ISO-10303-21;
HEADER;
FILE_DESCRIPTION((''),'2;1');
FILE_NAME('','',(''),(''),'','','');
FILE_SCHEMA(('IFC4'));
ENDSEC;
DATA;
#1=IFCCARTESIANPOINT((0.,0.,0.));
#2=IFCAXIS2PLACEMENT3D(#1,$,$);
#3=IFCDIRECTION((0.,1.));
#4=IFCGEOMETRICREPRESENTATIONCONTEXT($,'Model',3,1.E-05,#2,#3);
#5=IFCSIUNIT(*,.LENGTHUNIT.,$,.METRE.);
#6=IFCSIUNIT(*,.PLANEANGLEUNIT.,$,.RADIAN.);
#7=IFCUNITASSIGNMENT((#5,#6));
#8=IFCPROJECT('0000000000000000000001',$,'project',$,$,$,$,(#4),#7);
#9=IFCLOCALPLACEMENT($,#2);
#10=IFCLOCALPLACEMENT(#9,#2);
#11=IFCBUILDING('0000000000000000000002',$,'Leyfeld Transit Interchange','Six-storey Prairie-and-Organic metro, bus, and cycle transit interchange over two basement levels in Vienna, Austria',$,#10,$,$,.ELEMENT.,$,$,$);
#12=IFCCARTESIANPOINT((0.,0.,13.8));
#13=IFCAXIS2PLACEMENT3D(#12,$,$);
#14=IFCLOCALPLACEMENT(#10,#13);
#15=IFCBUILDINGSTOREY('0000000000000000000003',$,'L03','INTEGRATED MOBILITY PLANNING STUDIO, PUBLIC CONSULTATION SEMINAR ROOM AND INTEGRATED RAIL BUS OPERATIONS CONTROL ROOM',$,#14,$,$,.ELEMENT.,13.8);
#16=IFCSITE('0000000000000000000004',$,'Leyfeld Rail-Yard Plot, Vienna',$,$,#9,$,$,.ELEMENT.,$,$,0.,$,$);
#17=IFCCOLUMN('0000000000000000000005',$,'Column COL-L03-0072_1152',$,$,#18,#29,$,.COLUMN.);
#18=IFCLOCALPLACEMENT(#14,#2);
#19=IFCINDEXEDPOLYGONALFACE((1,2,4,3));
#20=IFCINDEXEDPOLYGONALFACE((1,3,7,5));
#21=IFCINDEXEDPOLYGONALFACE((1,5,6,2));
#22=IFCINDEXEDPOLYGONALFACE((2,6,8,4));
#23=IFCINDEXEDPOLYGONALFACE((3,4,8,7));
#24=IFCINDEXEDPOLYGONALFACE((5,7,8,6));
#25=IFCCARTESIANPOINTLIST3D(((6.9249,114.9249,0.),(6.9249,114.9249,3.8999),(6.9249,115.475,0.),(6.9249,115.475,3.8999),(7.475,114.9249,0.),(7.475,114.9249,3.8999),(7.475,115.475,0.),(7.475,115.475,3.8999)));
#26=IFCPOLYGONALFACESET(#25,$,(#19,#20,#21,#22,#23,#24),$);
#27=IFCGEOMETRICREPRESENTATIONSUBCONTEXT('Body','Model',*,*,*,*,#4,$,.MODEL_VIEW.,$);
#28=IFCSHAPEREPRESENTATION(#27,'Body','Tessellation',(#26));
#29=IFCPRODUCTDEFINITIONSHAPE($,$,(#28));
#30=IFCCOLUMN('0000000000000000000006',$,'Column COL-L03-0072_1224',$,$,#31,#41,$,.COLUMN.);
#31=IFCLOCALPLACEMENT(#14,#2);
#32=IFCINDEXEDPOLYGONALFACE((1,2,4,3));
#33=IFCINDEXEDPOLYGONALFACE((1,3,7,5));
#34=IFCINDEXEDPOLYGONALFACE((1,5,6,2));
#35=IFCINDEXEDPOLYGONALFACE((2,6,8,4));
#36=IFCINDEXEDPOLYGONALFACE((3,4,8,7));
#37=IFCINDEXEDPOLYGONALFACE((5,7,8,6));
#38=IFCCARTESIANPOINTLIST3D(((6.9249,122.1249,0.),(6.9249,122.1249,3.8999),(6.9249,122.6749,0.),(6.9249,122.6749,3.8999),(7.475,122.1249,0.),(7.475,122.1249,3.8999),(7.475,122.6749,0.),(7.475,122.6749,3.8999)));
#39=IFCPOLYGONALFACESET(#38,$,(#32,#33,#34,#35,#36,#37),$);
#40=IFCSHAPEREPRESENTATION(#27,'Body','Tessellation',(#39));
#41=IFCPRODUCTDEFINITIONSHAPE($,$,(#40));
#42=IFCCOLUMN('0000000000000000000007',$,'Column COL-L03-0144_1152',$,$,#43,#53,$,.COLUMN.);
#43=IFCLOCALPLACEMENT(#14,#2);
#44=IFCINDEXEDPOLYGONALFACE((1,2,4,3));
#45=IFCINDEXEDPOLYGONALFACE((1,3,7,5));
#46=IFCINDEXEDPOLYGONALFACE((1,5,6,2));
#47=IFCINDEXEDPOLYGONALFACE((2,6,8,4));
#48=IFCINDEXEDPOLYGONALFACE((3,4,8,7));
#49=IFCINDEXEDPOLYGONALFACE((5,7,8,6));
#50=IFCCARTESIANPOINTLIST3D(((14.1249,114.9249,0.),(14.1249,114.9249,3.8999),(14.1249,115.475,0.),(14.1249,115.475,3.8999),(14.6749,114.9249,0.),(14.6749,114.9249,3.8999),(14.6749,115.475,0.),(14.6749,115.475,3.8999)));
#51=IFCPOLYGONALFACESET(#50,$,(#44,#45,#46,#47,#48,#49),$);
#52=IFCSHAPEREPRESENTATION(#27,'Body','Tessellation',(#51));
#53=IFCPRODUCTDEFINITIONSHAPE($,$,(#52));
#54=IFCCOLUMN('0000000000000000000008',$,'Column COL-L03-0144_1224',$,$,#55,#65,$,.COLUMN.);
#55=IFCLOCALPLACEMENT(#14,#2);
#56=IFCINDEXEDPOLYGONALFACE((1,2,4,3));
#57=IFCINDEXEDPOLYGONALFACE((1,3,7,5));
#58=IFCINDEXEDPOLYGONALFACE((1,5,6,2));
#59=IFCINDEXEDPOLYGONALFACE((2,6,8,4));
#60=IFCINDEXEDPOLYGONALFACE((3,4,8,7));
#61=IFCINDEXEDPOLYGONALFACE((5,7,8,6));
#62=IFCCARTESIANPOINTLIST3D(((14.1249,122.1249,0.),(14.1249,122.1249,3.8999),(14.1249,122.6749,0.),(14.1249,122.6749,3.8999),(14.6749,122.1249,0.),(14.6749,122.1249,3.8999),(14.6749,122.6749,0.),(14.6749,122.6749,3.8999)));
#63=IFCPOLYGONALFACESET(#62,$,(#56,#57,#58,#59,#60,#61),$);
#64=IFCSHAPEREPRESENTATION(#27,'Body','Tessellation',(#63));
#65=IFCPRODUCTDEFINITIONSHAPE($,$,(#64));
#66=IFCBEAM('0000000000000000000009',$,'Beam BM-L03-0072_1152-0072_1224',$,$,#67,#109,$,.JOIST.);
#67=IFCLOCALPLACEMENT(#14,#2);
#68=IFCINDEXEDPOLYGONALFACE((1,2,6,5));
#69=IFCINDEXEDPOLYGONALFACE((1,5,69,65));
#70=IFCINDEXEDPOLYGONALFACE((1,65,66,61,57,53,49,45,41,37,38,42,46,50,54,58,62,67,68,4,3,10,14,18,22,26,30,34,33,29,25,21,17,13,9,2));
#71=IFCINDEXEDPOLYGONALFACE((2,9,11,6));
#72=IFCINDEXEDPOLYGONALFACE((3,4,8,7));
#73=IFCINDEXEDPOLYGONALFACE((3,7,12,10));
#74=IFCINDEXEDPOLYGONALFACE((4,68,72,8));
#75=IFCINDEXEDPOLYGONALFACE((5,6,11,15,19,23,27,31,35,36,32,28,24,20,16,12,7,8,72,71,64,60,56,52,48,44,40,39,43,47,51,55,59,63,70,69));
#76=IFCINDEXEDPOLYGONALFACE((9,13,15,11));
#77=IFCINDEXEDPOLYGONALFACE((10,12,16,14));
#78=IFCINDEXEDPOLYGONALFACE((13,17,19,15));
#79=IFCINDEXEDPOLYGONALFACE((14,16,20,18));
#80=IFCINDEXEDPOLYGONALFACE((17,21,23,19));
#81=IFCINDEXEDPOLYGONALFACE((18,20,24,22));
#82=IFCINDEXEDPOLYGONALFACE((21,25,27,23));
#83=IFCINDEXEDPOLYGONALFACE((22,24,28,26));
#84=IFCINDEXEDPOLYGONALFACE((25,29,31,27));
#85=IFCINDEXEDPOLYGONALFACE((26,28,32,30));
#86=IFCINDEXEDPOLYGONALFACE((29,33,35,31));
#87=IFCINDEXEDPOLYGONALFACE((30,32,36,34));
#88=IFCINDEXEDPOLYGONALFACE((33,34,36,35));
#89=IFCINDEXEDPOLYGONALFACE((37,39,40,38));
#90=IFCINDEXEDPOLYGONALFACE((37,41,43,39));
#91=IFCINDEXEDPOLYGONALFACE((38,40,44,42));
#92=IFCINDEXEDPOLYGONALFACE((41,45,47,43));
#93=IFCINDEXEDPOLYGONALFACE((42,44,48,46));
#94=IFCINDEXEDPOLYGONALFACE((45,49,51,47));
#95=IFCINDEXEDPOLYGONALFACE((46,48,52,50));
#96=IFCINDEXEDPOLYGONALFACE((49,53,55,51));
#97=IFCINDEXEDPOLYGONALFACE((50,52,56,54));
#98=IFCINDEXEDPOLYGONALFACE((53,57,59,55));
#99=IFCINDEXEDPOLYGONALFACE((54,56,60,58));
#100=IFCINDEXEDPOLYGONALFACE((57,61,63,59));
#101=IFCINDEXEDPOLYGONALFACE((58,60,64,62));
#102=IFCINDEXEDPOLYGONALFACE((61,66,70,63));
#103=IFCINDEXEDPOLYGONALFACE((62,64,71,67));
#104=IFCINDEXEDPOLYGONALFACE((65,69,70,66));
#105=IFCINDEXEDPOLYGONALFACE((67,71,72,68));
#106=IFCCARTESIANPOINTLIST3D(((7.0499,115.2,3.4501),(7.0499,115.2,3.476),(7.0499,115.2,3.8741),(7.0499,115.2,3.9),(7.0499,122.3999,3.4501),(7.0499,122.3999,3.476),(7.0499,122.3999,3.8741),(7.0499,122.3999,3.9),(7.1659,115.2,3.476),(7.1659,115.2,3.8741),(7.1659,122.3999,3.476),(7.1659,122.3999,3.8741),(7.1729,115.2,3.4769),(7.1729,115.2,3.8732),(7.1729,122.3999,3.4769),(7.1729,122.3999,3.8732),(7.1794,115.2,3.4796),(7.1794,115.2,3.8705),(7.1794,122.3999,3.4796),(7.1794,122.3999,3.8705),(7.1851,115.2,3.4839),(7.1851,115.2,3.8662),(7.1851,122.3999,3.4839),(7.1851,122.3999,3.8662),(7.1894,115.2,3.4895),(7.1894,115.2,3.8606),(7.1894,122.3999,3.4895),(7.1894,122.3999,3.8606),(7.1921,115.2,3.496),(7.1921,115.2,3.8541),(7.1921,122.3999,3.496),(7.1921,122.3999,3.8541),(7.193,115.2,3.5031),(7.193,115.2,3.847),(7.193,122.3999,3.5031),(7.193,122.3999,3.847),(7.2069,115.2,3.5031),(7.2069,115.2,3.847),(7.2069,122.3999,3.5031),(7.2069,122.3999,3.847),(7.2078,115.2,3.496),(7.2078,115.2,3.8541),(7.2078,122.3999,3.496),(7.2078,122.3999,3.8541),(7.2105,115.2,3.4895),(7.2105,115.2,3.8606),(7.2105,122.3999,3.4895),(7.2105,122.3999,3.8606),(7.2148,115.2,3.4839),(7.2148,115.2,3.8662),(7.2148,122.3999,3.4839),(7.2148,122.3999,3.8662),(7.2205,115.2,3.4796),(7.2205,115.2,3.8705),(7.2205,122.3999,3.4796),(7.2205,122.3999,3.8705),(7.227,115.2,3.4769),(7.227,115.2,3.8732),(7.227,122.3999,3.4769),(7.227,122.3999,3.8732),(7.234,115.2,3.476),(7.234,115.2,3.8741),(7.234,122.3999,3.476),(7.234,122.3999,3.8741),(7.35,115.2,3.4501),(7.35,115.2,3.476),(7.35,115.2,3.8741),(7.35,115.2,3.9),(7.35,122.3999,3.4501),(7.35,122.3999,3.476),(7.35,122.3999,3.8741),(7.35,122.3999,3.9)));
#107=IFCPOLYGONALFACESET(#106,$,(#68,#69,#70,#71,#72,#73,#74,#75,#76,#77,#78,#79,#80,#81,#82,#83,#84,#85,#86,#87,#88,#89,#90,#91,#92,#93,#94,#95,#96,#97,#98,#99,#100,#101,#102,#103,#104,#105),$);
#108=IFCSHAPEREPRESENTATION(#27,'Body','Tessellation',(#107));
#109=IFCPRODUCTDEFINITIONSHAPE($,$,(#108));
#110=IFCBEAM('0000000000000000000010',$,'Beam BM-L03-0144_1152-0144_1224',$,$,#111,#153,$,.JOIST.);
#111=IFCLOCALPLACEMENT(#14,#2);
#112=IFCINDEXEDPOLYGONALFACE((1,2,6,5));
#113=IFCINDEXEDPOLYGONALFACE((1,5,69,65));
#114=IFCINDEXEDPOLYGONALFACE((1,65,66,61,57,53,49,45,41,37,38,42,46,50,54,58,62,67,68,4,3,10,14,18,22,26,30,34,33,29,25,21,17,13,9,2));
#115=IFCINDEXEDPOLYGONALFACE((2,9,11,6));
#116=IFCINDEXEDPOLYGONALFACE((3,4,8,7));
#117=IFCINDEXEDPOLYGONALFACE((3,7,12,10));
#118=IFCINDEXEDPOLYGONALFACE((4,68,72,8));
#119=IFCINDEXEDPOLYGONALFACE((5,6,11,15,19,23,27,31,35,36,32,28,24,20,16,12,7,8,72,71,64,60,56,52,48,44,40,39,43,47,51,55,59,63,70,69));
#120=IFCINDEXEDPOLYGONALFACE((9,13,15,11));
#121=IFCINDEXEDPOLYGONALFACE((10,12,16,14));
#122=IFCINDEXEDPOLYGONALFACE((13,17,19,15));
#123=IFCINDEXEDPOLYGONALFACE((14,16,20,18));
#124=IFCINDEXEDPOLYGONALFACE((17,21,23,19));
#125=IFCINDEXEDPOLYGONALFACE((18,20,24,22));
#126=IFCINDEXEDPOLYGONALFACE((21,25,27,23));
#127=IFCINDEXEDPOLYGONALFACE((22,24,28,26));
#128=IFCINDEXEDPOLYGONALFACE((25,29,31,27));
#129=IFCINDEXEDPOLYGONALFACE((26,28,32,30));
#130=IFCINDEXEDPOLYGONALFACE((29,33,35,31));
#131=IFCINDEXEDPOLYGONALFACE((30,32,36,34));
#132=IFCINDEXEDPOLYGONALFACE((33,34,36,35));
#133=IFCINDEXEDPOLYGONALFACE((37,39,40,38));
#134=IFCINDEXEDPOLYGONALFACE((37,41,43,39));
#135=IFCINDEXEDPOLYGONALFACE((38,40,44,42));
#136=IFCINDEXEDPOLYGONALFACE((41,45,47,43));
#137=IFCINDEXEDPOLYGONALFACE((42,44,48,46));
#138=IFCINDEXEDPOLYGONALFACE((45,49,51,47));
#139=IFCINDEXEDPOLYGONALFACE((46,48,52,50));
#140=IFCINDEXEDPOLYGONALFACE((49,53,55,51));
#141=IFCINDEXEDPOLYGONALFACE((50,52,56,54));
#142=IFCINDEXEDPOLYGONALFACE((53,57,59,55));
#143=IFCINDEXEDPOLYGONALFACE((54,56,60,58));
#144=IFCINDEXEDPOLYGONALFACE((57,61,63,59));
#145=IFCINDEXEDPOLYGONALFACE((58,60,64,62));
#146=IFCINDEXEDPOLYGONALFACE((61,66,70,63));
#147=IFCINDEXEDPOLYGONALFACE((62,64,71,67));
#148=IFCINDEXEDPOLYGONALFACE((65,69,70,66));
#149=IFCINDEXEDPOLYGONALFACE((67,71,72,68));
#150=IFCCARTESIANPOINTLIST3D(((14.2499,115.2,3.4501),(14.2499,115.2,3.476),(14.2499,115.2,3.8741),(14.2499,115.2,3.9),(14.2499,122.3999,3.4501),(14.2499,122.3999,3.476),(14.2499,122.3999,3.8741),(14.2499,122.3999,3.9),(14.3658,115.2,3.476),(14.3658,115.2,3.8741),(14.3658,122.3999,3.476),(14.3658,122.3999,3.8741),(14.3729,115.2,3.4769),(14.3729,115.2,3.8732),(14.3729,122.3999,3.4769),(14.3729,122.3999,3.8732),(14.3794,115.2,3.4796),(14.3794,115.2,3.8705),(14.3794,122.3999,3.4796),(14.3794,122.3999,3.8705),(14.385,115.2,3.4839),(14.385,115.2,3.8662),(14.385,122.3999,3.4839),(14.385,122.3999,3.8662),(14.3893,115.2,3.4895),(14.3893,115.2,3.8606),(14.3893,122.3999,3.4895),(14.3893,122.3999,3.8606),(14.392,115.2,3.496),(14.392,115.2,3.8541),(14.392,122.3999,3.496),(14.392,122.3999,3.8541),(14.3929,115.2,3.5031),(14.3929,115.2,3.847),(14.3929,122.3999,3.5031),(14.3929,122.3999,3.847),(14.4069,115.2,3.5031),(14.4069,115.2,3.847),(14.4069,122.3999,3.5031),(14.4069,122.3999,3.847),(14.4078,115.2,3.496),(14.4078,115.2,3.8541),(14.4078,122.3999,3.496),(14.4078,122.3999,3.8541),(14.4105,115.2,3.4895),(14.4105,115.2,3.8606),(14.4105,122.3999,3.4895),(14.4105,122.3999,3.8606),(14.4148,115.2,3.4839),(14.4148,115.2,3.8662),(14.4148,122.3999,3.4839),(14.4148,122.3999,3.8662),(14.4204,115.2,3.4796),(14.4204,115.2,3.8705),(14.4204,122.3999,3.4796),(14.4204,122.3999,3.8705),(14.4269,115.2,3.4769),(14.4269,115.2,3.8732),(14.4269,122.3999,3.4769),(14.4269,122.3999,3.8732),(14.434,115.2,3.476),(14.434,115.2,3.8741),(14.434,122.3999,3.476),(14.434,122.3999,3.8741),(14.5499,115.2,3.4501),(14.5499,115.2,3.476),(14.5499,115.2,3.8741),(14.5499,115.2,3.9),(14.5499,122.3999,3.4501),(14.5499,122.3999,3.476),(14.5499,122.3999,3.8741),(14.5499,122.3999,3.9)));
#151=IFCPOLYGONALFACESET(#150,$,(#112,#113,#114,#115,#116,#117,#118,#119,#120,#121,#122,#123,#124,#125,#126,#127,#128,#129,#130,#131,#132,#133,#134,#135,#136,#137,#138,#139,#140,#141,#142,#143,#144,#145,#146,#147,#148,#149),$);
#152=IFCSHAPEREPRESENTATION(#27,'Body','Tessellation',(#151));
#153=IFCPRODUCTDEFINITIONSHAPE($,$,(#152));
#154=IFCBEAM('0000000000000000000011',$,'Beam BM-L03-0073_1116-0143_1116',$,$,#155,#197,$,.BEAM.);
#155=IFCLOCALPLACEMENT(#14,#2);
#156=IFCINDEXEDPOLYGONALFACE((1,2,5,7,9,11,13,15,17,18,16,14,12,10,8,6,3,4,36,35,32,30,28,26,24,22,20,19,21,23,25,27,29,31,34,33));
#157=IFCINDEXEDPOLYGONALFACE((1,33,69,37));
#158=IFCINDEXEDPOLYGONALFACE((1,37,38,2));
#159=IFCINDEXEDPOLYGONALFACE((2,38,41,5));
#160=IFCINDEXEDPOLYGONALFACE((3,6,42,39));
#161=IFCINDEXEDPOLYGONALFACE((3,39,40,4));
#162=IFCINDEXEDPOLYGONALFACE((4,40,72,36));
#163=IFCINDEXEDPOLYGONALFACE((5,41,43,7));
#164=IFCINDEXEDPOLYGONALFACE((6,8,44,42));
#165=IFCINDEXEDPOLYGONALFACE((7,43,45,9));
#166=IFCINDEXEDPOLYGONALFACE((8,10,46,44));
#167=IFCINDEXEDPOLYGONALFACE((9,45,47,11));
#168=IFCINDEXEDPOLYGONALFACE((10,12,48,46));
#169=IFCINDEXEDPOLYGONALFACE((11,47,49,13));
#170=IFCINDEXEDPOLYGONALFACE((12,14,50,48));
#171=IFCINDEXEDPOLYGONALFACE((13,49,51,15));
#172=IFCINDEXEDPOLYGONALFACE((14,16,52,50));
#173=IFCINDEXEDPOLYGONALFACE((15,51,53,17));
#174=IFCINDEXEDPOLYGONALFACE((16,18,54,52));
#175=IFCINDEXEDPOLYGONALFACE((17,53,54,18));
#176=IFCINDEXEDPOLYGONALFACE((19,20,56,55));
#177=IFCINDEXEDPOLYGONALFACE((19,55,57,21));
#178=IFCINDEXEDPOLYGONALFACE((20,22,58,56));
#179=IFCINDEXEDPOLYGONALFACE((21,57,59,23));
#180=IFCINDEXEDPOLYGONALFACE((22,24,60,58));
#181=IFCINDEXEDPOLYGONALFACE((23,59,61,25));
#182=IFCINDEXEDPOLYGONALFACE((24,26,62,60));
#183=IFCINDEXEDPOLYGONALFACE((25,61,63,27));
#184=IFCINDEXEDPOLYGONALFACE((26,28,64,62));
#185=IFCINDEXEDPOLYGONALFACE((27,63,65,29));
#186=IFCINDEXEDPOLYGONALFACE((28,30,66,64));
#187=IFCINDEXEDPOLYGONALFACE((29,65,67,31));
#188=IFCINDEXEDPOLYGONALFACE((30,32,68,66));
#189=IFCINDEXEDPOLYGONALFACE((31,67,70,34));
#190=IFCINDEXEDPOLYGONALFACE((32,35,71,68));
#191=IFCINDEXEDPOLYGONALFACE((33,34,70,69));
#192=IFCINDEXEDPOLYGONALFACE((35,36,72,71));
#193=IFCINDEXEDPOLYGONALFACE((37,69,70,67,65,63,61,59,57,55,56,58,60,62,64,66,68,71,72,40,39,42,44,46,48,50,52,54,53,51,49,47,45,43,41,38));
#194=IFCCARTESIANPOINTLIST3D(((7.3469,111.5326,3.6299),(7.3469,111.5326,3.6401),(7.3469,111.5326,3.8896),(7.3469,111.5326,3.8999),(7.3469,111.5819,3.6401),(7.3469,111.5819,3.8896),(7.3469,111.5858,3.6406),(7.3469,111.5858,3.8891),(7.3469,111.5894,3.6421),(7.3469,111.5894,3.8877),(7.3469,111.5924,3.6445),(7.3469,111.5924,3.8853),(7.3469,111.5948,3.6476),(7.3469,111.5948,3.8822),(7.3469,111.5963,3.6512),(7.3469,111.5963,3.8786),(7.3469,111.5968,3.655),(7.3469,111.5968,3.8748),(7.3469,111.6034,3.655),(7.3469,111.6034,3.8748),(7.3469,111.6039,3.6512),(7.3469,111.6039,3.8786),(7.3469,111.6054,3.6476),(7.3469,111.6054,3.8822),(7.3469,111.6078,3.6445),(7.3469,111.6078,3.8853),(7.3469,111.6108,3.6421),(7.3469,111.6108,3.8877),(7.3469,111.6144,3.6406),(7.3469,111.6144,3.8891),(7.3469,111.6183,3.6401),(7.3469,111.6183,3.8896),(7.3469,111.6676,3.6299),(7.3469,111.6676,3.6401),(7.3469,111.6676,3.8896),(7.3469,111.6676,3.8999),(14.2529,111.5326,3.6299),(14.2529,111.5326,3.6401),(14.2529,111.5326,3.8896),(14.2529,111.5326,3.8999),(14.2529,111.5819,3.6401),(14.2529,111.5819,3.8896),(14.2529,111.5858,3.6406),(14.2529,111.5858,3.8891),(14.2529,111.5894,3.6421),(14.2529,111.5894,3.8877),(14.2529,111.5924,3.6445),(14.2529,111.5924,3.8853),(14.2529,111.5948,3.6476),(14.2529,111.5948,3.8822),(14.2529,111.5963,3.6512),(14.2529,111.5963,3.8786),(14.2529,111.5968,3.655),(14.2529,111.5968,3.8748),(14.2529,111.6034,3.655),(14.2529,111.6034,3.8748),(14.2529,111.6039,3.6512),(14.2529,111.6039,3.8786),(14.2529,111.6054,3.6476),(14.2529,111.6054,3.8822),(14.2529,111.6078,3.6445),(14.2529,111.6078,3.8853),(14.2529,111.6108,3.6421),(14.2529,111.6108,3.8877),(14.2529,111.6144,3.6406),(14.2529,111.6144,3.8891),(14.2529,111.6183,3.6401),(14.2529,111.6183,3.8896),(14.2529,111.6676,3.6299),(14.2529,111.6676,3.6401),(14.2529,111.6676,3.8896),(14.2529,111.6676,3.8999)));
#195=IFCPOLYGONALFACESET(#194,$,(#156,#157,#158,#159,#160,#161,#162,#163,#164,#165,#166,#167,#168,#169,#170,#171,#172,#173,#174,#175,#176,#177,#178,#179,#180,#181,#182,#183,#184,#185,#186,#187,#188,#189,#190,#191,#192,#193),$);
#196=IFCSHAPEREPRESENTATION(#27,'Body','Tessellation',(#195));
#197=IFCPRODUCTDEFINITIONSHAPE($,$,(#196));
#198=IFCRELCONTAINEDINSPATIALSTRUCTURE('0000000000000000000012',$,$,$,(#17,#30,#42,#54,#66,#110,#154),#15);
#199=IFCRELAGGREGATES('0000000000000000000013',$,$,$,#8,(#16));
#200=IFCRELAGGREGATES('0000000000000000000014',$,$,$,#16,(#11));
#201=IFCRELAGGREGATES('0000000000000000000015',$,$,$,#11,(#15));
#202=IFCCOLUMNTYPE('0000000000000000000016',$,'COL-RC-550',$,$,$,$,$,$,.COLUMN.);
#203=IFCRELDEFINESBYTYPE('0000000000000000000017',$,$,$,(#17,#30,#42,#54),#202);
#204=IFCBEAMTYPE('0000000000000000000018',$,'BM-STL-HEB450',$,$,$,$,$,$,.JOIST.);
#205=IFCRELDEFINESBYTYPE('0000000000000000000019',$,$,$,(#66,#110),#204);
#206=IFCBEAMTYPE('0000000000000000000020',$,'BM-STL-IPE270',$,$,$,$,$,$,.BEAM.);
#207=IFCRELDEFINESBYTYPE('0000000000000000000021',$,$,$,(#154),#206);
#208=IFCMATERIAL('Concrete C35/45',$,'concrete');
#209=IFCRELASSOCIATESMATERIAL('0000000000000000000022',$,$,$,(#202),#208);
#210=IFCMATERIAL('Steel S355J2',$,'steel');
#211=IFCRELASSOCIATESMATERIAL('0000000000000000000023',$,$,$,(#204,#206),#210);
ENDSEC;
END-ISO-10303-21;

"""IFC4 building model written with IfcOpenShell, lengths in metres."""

from ifc_helpers import new_model, si_unit, direction, frame, origin, origin_2d, place, context, subcontext, project, spatial, rectangle, i_section, extrude, material, material_profile, profile_set, type_object, element, save


model = new_model("IFC4")

# Units and contexts
model_context = context("Model", 3, precision=1e-05, world=origin(), true_north=direction((0.0, 1.0)))
body_context = subcontext(model_context, "Body", "Model", "MODEL_VIEW")
ifc_project = project(units=[si_unit("LENGTHUNIT", "METRE"), si_unit("PLANEANGLEUNIT", "RADIAN")], contexts=[model_context])

# Site, building, storey
site_placement = place(None, origin())
site = spatial("IfcSite", under=ifc_project, at=site_placement, Name="Leyfeld Rail-Yard Plot, Vienna", CompositionType="ELEMENT", RefElevation=0.0)
building_placement = place(site_placement, origin())
building = spatial("IfcBuilding", under=site, at=building_placement, Name="Leyfeld Transit Interchange", Description="Six-storey Prairie-and-Organic metro, bus, and cycle transit interchange over two basement levels in Vienna, Austria", CompositionType="ELEMENT")
storey_placement = place(building_placement, frame((0.0, 0.0, 13.8)))
storey = spatial("IfcBuildingStorey", under=building, at=storey_placement, Name="L03", Description="INTEGRATED MOBILITY PLANNING STUDIO, PUBLIC CONSULTATION SEMINAR ROOM AND INTEGRATED RAIL BUS OPERATIONS CONTROL ROOM", CompositionType="ELEMENT", Elevation=13.8)

# Columns
ifc_material_1 = material(Name="Concrete C35/45", Category="concrete")
ifc_material_profile_1 = material_profile(ifc_material_1, rectangle(XDim=0.55, YDim=0.55, at=origin_2d()), Name="RC 550x550")
ifc_profile_set_1 = profile_set([ifc_material_profile_1], Name="Concrete C35/45")
column_type = type_object("IfcColumnType", Name="COL-RC-550", PredefinedType="COLUMN", material=ifc_profile_set_1)
for number, where, z_axis, x_axis, name in (
    (1, (7.2, 115.2, 0.0), (0.0, 0.0, 1.0), (1.0, 0.0, 0.0), "Column COL-L03-0072_1152"),
    (2, (7.2, 122.3999, 0.0), (0.0, 0.0, 1.0), (1.0, 0.0, 0.0), "Column COL-L03-0072_1224"),
    (3, (14.3999, 115.2, 0.0), (0.0, 0.0, 1.0), (1.0, 0.0, 0.0), "Column COL-L03-0144_1152"),
    (4, (14.3999, 122.3999, 0.0), (0.0, 0.0, 1.0), (1.0, 0.0, 0.0), "Column COL-L03-0144_1224"),
):
    element("IfcColumn", number, at=place(storey_placement, frame(where, z_axis=z_axis, x_axis=x_axis)), inside=storey, type_object=column_type, Name=name, PredefinedType="COLUMN", context=body_context, shape_type="SweptSolid", body=[
        extrude(rectangle(XDim=0.55, YDim=0.55, at=origin_2d()), origin(), (0.0, 0.0, 1.0), 3.8999),
    ])

# Beams
ifc_material_2 = material(Name="Steel S355J2", Category="steel")
ifc_material_profile_2 = material_profile(ifc_material_2, i_section(OverallWidth=0.3, OverallDepth=0.45, WebThickness=0.0139, FlangeThickness=0.0259, FilletRadius=0.0271, at=origin_2d()), Name="HEB 450")
ifc_profile_set_2 = profile_set([ifc_material_profile_2], Name="Steel S355J2")
beam_type_1 = type_object("IfcBeamType", Name="BM-STL-HEB450", PredefinedType="JOIST", material=ifc_profile_set_2)
for number, where, z_axis, x_axis, name in (
    (5, (7.2, 115.2, 3.675), (0.0, 1.0, 0.0), (-1.0, 0.0, 0.0), "Beam BM-L03-0072_1152-0072_1224"),
    (6, (14.3999, 115.2, 3.675), (0.0, 1.0, 0.0), (-1.0, 0.0, 0.0), "Beam BM-L03-0144_1152-0144_1224"),
):
    element("IfcBeam", number, at=place(storey_placement, frame(where, z_axis=z_axis, x_axis=x_axis)), inside=storey, type_object=beam_type_1, Name=name, PredefinedType="JOIST", context=body_context, shape_type="SweptSolid", body=[
        extrude(i_section(OverallWidth=0.3, OverallDepth=0.45, WebThickness=0.0139, FlangeThickness=0.0259, FilletRadius=0.0271, at=origin_2d()), origin(), (0.0, 0.0, 1.0), 7.2),
    ])
ifc_material_profile_3 = material_profile(ifc_material_2, i_section(OverallWidth=0.135, OverallDepth=0.27, WebThickness=0.0066, FlangeThickness=0.0103, FilletRadius=0.0149, at=origin_2d()), Name="IPE 270")
ifc_profile_set_3 = profile_set([ifc_material_profile_3], Name="Steel S355J2")
beam_type_2 = type_object("IfcBeamType", Name="BM-STL-IPE270", PredefinedType="BEAM", material=ifc_profile_set_3)
for number, where, z_axis, x_axis, name in (
    (7, (7.3469, 111.6001, 3.7649), (1.0, 0.0, 0.0), (0.0, 1.0, 0.0), "Beam BM-L03-0073_1116-0143_1116"),
):
    element("IfcBeam", number, at=place(storey_placement, frame(where, z_axis=z_axis, x_axis=x_axis)), inside=storey, type_object=beam_type_2, Name=name, PredefinedType="BEAM", context=body_context, shape_type="SweptSolid", body=[
        extrude(i_section(OverallWidth=0.135, OverallDepth=0.27, WebThickness=0.0066, FlangeThickness=0.0103, FilletRadius=0.0149, at=origin_2d()), origin(), (0.0, 0.0, 1.0), 6.906),
    ])

save(model, "model.ifc")
